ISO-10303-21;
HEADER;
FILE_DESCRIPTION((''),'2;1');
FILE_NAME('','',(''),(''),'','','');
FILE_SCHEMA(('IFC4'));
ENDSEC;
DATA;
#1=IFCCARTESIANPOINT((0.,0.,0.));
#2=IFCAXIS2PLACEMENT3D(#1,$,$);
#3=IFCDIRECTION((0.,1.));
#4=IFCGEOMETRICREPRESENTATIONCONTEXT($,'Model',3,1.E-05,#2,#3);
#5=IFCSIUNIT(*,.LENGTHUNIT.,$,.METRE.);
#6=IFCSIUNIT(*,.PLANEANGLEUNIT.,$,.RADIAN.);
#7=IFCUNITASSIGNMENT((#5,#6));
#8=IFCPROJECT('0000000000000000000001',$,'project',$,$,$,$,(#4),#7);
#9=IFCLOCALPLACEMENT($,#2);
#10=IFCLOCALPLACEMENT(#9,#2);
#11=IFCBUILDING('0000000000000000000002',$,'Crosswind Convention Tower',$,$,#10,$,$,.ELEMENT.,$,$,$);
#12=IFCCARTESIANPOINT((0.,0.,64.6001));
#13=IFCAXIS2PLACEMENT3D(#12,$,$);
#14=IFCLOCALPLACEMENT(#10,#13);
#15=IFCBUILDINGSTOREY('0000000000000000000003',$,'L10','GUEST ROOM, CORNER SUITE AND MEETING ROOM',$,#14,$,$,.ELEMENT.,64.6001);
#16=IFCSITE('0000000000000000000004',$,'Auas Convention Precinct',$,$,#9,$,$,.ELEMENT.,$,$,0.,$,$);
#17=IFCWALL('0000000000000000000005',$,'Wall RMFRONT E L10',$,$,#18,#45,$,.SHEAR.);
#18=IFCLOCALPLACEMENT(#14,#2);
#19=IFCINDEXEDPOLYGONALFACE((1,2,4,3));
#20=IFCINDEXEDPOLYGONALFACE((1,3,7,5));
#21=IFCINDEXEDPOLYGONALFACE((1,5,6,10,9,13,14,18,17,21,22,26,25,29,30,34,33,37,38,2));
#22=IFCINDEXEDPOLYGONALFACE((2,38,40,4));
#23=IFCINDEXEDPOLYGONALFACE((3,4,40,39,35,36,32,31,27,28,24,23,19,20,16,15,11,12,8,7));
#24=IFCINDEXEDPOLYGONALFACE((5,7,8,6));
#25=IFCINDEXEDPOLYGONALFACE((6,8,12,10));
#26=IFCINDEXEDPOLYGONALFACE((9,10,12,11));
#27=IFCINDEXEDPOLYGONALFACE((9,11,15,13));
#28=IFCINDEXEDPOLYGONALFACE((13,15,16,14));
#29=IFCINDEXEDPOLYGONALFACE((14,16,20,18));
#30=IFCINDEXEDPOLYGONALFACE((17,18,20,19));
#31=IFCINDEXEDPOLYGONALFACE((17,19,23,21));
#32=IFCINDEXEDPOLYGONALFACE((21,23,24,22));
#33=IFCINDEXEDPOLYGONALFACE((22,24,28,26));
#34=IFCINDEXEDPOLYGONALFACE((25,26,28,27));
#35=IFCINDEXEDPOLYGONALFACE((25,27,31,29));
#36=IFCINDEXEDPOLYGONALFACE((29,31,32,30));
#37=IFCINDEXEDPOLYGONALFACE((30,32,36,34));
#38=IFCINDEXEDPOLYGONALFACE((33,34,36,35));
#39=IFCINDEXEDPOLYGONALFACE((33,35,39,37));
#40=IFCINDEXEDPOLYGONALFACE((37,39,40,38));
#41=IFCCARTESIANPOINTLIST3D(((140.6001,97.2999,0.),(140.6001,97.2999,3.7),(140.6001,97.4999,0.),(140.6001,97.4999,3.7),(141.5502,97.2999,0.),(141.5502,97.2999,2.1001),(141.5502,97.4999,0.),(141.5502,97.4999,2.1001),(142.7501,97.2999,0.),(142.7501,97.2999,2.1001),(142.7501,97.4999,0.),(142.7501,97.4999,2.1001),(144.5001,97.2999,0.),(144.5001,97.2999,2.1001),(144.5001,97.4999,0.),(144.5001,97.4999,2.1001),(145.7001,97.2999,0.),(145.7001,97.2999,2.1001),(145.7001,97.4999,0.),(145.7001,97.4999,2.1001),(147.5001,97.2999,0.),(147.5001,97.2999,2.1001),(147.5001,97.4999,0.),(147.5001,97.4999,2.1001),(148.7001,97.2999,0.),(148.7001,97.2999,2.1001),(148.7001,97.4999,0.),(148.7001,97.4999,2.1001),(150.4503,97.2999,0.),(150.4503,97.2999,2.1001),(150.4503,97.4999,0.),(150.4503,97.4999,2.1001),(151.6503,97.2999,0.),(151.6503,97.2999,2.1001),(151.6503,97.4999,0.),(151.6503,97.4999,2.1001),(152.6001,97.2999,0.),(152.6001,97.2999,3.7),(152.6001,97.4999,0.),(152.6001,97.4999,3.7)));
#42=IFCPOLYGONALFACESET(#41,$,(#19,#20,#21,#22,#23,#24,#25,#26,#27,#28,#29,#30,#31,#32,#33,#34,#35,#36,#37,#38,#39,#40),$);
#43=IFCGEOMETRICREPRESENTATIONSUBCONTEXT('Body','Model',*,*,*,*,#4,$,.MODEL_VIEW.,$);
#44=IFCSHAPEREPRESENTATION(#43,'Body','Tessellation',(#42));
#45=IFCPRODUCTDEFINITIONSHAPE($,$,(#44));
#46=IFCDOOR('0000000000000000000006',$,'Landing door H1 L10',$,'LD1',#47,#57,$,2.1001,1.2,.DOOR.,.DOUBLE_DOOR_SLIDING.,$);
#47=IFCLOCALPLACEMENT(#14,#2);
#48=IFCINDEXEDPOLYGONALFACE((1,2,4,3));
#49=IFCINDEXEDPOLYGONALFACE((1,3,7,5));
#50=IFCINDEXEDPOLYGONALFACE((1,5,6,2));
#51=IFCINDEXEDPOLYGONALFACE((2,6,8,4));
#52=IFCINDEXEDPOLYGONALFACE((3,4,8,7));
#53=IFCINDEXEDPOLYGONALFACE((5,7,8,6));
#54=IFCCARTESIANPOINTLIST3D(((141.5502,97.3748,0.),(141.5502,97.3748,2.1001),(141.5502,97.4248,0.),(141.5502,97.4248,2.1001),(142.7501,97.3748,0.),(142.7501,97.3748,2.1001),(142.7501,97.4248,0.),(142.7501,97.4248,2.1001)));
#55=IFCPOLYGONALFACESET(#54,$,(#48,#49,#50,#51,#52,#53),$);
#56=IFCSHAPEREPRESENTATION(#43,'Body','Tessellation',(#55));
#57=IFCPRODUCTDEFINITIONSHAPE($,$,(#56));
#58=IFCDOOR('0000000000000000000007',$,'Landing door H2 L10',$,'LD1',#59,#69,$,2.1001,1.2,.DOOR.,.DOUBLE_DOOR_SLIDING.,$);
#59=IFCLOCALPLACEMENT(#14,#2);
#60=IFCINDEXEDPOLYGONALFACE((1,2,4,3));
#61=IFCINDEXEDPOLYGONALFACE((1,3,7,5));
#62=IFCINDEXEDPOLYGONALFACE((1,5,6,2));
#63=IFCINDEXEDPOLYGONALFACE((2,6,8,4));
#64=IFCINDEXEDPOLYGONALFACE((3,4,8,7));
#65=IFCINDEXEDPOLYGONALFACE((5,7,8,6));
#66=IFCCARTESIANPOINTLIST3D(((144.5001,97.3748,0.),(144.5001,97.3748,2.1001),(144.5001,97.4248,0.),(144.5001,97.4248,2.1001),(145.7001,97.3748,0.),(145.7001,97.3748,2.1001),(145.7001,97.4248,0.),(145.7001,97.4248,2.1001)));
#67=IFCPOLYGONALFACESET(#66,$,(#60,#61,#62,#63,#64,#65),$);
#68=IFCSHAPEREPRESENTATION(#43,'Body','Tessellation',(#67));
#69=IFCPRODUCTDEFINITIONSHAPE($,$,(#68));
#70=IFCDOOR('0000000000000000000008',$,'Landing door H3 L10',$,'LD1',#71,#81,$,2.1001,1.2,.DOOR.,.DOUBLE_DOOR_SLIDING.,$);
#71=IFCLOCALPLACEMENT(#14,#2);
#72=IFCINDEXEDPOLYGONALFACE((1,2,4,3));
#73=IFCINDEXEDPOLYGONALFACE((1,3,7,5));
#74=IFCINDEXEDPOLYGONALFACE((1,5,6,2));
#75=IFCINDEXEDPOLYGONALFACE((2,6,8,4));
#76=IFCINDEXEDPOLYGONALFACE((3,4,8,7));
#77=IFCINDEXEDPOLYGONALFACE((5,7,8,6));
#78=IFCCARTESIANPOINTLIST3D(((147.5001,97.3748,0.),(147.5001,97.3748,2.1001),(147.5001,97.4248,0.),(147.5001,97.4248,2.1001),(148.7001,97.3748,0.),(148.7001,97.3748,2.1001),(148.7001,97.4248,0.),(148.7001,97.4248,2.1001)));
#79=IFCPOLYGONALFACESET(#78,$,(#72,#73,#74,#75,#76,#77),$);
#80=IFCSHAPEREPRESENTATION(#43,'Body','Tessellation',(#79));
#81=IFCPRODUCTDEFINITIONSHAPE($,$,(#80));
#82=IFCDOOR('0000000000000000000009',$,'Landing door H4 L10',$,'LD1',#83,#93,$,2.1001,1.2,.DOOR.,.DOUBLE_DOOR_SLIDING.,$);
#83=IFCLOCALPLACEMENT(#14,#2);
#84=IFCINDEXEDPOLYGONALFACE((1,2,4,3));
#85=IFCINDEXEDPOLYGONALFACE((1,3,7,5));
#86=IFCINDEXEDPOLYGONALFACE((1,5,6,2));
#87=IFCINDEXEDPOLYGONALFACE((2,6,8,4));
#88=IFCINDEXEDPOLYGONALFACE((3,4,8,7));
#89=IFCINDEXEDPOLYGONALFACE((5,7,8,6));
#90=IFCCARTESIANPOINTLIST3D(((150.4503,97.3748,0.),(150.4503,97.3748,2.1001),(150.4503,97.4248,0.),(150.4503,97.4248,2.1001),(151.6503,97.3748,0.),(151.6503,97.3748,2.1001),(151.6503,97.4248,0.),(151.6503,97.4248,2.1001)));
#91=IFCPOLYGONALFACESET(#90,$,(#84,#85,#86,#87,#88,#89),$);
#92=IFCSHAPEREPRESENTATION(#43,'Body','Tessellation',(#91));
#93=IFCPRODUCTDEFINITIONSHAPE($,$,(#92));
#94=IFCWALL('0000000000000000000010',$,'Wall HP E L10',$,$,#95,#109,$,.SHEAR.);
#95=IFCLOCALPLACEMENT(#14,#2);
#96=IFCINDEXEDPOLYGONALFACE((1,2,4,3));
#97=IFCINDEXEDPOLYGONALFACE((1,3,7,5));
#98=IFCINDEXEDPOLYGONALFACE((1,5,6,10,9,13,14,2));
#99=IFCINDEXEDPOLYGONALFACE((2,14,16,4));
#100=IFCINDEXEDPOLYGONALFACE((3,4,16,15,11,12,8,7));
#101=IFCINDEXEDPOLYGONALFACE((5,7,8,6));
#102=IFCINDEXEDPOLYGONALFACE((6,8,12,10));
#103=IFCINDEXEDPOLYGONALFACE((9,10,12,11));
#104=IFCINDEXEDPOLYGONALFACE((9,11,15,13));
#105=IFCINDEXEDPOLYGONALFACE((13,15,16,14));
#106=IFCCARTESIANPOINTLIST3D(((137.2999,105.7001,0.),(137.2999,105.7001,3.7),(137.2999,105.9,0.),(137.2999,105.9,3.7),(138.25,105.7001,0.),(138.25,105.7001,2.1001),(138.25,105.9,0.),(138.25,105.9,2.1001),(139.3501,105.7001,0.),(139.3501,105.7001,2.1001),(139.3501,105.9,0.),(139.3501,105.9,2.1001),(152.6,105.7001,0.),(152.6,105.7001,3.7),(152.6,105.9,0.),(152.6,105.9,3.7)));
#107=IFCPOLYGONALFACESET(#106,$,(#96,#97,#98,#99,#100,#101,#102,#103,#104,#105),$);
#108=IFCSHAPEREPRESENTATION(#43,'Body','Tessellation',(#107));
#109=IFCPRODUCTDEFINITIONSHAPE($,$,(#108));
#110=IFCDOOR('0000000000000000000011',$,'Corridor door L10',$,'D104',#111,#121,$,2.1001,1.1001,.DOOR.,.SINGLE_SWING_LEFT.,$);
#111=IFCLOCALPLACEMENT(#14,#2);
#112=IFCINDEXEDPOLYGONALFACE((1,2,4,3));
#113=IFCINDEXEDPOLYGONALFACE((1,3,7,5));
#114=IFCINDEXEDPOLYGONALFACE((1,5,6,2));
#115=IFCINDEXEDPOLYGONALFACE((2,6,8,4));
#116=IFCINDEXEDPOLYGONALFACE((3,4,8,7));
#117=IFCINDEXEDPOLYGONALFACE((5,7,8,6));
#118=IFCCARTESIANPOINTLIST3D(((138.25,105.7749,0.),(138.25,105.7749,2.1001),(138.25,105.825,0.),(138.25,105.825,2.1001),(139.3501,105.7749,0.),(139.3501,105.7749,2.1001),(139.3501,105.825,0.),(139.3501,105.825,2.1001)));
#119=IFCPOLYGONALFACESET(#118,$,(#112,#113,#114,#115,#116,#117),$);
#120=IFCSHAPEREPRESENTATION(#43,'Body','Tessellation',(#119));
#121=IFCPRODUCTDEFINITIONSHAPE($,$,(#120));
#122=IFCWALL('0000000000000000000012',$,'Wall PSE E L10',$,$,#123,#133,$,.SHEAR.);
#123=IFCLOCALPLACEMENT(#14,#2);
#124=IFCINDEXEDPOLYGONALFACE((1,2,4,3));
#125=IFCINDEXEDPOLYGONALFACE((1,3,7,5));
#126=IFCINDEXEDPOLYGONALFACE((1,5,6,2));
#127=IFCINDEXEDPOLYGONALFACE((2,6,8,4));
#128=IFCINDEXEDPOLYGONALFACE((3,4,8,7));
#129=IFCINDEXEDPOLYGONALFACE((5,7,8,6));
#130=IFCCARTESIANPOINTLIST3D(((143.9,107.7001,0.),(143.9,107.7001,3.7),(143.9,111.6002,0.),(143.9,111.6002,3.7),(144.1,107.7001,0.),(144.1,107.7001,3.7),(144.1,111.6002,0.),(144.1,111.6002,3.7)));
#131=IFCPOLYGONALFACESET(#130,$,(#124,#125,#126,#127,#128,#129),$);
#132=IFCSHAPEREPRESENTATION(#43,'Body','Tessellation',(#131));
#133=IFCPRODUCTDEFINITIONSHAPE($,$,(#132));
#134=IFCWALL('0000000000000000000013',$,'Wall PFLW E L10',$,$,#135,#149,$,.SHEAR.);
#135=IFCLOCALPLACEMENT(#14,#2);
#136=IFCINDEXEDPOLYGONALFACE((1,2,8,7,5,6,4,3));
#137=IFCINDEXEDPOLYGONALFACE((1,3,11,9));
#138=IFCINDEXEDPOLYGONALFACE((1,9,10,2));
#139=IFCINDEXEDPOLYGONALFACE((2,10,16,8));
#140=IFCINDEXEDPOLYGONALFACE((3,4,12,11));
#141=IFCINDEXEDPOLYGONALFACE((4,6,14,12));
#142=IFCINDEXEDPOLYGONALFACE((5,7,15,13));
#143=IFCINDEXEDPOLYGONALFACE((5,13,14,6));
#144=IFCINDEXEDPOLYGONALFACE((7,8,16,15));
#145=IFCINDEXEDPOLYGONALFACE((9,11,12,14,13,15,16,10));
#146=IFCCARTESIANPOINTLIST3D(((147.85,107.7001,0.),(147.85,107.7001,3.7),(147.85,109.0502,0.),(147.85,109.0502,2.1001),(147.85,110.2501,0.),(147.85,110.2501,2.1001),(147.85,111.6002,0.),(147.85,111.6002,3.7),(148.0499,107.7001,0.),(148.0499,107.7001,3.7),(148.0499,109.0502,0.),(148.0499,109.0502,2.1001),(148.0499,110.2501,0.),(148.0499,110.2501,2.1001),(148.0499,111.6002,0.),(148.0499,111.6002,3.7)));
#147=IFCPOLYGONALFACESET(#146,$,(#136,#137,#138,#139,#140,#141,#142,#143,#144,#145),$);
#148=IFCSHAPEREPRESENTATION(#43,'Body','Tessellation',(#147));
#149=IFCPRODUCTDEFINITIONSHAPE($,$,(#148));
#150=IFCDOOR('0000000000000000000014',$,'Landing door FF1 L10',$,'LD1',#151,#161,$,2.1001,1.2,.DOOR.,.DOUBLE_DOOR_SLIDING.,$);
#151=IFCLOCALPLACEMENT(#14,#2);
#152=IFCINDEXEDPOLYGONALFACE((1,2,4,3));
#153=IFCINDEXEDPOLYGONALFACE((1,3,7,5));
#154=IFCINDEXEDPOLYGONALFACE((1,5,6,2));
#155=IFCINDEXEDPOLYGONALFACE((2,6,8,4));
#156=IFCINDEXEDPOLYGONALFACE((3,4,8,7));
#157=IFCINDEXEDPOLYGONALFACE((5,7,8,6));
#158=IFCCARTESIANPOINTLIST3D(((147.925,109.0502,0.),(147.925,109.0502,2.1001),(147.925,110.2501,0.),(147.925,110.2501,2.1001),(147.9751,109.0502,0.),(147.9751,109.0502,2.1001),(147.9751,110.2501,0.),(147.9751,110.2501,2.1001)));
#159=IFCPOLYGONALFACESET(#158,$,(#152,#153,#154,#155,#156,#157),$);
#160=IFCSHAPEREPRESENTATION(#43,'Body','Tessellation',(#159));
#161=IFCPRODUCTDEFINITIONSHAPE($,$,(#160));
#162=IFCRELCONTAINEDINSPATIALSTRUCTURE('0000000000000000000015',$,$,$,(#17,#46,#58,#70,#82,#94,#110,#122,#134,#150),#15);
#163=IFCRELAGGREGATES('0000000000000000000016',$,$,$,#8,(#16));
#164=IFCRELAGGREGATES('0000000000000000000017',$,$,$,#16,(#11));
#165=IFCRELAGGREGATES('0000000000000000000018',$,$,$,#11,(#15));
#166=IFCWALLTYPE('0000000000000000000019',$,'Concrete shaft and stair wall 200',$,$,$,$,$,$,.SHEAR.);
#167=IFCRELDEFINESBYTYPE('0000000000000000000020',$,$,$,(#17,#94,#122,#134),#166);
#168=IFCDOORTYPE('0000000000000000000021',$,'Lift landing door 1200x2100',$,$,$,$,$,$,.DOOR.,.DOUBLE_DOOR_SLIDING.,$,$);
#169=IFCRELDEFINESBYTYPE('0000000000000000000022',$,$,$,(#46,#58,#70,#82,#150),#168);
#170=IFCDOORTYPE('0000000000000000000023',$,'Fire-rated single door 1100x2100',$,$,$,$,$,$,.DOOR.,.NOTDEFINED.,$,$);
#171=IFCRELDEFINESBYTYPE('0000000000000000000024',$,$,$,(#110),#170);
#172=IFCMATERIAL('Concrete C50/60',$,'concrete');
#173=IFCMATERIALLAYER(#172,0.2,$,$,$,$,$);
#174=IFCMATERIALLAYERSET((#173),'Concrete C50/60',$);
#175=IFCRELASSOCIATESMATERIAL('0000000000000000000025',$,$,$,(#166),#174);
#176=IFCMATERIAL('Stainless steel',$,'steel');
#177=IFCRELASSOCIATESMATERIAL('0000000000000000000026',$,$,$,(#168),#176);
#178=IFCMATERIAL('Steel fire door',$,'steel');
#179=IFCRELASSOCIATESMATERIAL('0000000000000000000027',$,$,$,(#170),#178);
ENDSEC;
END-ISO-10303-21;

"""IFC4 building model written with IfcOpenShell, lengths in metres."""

from ifc_helpers import new_model, si_unit, direction, frame, frame_2d, origin, place, context, subcontext, project, spatial, rectangle, extrude, material, layer, layer_set, type_object, element, fill, save


model = new_model("IFC4")

# Units and contexts
model_context = context("Model", 3, precision=1e-05, world=origin(), true_north=direction((0.0, 1.0)))
body_context = subcontext(model_context, "Body", "Model", "MODEL_VIEW")
ifc_project = project(units=[si_unit("LENGTHUNIT", "METRE"), si_unit("PLANEANGLEUNIT", "RADIAN")], contexts=[model_context])

# Site, building, storey
site_placement = place(None, origin())
site = spatial("IfcSite", under=ifc_project, at=site_placement, Name="Auas Convention Precinct", CompositionType="ELEMENT", RefElevation=0.0)
building_placement = place(site_placement, origin())
building = spatial("IfcBuilding", under=site, at=building_placement, Name="Crosswind Convention Tower", CompositionType="ELEMENT")
storey_placement = place(building_placement, frame((0.0, 0.0, 64.6001)))
storey = spatial("IfcBuildingStorey", under=building, at=storey_placement, Name="L10", Description="GUEST ROOM, CORNER SUITE AND MEETING ROOM", CompositionType="ELEMENT", Elevation=64.6001)

# Shared definitions
ifc_material_1 = material(Name="Concrete C50/60", Category="concrete")
ifc_layer_1 = layer(ifc_material_1, 0.2)
ifc_layer_set_1 = layer_set([ifc_layer_1], Name="Concrete C50/60")
wall_type_1 = type_object("IfcWallType", Name="Concrete shaft and stair wall 200", PredefinedType="SHEAR", material=ifc_layer_set_1)

# Wall, openings, doors
wall_1_placement = place(storey_placement, frame((140.6001, 97.3999, 0.0), z_axis=(0.0, 0.0, 1.0), x_axis=(1.0, 0.0, 0.0)))
wall_1 = element("IfcWall", 1, at=wall_1_placement, inside=storey, type_object=wall_type_1, Name="Wall RMFRONT E L10", PredefinedType="SHEAR", context=body_context, shape_type="SweptSolid", body=[
    extrude(rectangle(XDim=12.0, YDim=0.2, at=frame_2d((6.0, 0.0))), origin(), (0.0, 0.0, 1.0), 3.7),
])
opening_1_placement = place(wall_1_placement, frame((0.95, 0.0, 0.0)))
opening_1 = element("IfcOpeningElement", 2, at=opening_1_placement, cuts=wall_1, PredefinedType="OPENING", context=body_context, shape_type="SweptSolid", body=[
    extrude(rectangle(XDim=1.2, YDim=2.1001, at=frame_2d((0.6001, 1.05))), frame((0.0, 0.1099, 0.0), z_axis=(0.0, -1.0, 0.0), x_axis=(1.0, 0.0, 0.0)), (0.0, 0.0, 1.0), 0.22),
])
opening_2_placement = place(wall_1_placement, frame((3.8999, 0.0, 0.0)))
opening_2 = element("IfcOpeningElement", 3, at=opening_2_placement, cuts=wall_1, PredefinedType="OPENING", context=body_context, shape_type="SweptSolid", body=[
    extrude(rectangle(XDim=1.2, YDim=2.1001, at=frame_2d((0.6001, 1.05))), frame((0.0, 0.1099, 0.0), z_axis=(0.0, -1.0, 0.0), x_axis=(1.0, 0.0, 0.0)), (0.0, 0.0, 1.0), 0.22),
])
opening_3_placement = place(wall_1_placement, frame((6.8999, 0.0, 0.0)))
opening_3 = element("IfcOpeningElement", 4, at=opening_3_placement, cuts=wall_1, PredefinedType="OPENING", context=body_context, shape_type="SweptSolid", body=[
    extrude(rectangle(XDim=1.2, YDim=2.1001, at=frame_2d((0.6001, 1.05))), frame((0.0, 0.1099, 0.0), z_axis=(0.0, -1.0, 0.0), x_axis=(1.0, 0.0, 0.0)), (0.0, 0.0, 1.0), 0.22),
])
opening_4_placement = place(wall_1_placement, frame((9.8501, 0.0, 0.0)))
opening_4 = element("IfcOpeningElement", 5, at=opening_4_placement, cuts=wall_1, PredefinedType="OPENING", context=body_context, shape_type="SweptSolid", body=[
    extrude(rectangle(XDim=1.2, YDim=2.1001, at=frame_2d((0.6001, 1.05))), frame((0.0, 0.1099, 0.0), z_axis=(0.0, -1.0, 0.0), x_axis=(1.0, 0.0, 0.0)), (0.0, 0.0, 1.0), 0.22),
])
ifc_material_2 = material(Name="Stainless steel", Category="steel")
door_type_1 = type_object("IfcDoorType", Name="Lift landing door 1200x2100", OperationType="DOUBLE_DOOR_SLIDING", PredefinedType="DOOR", material=ifc_material_2)
door_1_placement = place(opening_1_placement, origin())
door_1 = element("IfcDoor", 6, at=door_1_placement, inside=storey, type_object=door_type_1, Name="Landing door H1 L10", ObjectType="LD1", OperationType="DOUBLE_DOOR_SLIDING", OverallHeight=2.1001, OverallWidth=1.2, PredefinedType="DOOR", context=body_context, shape_type="SweptSolid", body=[
    extrude(rectangle(XDim=1.2, YDim=2.1001, at=frame_2d((0.6001, 1.05))), frame((0.0, 0.0249, 0.0), z_axis=(0.0, -1.0, 0.0), x_axis=(1.0, 0.0, 0.0)), (0.0, 0.0, 1.0), 0.05),
])
fill(opening_1, door_1)
door_2_placement = place(opening_2_placement, origin())
door_2 = element("IfcDoor", 7, at=door_2_placement, inside=storey, type_object=door_type_1, Name="Landing door H2 L10", ObjectType="LD1", OperationType="DOUBLE_DOOR_SLIDING", OverallHeight=2.1001, OverallWidth=1.2, PredefinedType="DOOR", context=body_context, shape_type="SweptSolid", body=[
    extrude(rectangle(XDim=1.2, YDim=2.1001, at=frame_2d((0.6001, 1.05))), frame((0.0, 0.0249, 0.0), z_axis=(0.0, -1.0, 0.0), x_axis=(1.0, 0.0, 0.0)), (0.0, 0.0, 1.0), 0.05),
])
fill(opening_2, door_2)
door_3_placement = place(opening_3_placement, origin())
door_3 = element("IfcDoor", 8, at=door_3_placement, inside=storey, type_object=door_type_1, Name="Landing door H3 L10", ObjectType="LD1", OperationType="DOUBLE_DOOR_SLIDING", OverallHeight=2.1001, OverallWidth=1.2, PredefinedType="DOOR", context=body_context, shape_type="SweptSolid", body=[
    extrude(rectangle(XDim=1.2, YDim=2.1001, at=frame_2d((0.6001, 1.05))), frame((0.0, 0.0249, 0.0), z_axis=(0.0, -1.0, 0.0), x_axis=(1.0, 0.0, 0.0)), (0.0, 0.0, 1.0), 0.05),
])
fill(opening_3, door_3)
door_4_placement = place(opening_4_placement, origin())
door_4 = element("IfcDoor", 9, at=door_4_placement, inside=storey, type_object=door_type_1, Name="Landing door H4 L10", ObjectType="LD1", OperationType="DOUBLE_DOOR_SLIDING", OverallHeight=2.1001, OverallWidth=1.2, PredefinedType="DOOR", context=body_context, shape_type="SweptSolid", body=[
    extrude(rectangle(XDim=1.2, YDim=2.1001, at=frame_2d((0.6001, 1.05))), frame((0.0, 0.0249, 0.0), z_axis=(0.0, -1.0, 0.0), x_axis=(1.0, 0.0, 0.0)), (0.0, 0.0, 1.0), 0.05),
])
fill(opening_4, door_4)

# Wall, opening, door
wall_2_placement = place(storey_placement, frame((137.3, 105.8, 0.0), z_axis=(0.0, 0.0, 1.0), x_axis=(1.0, 0.0, 0.0)))
wall_2 = element("IfcWall", 10, at=wall_2_placement, inside=storey, type_object=wall_type_1, Name="Wall HP E L10", PredefinedType="SHEAR", context=body_context, shape_type="SweptSolid", body=[
    extrude(rectangle(XDim=15.3, YDim=0.2, at=frame_2d((7.6499, 0.0))), origin(), (0.0, 0.0, 1.0), 3.7),
])
opening_5_placement = place(wall_2_placement, frame((0.95, 0.0, 0.0)))
opening_5 = element("IfcOpeningElement", 11, at=opening_5_placement, cuts=wall_2, PredefinedType="OPENING", context=body_context, shape_type="SweptSolid", body=[
    extrude(rectangle(XDim=1.1001, YDim=2.1001, at=frame_2d((0.55, 1.05))), frame((0.0, 0.1099, 0.0), z_axis=(0.0, -1.0, 0.0), x_axis=(1.0, 0.0, 0.0)), (0.0, 0.0, 1.0), 0.22),
])
ifc_material_3 = material(Name="Steel fire door", Category="steel")
door_type_2 = type_object("IfcDoorType", Name="Fire-rated single door 1100x2100", OperationType="NOTDEFINED", PredefinedType="DOOR", material=ifc_material_3)
door_5_placement = place(opening_5_placement, origin())
door_5 = element("IfcDoor", 12, at=door_5_placement, inside=storey, type_object=door_type_2, Name="Corridor door L10", ObjectType="D104", OperationType="SINGLE_SWING_LEFT", OverallHeight=2.1001, OverallWidth=1.1001, PredefinedType="DOOR", context=body_context, shape_type="SweptSolid", body=[
    extrude(rectangle(XDim=1.1001, YDim=2.1001, at=frame_2d((0.55, 1.05))), frame((0.0, 0.0249, 0.0), z_axis=(0.0, -1.0, 0.0), x_axis=(1.0, 0.0, 0.0)), (0.0, 0.0, 1.0), 0.05),
])
fill(opening_5, door_5)

# Wall
wall_3_placement = place(storey_placement, frame((144.0, 107.7, 0.0), z_axis=(0.0, 0.0, 1.0), x_axis=(0.0, 1.0, 0.0)))
element("IfcWall", 13, at=wall_3_placement, inside=storey, type_object=wall_type_1, Name="Wall PSE E L10", PredefinedType="SHEAR", context=body_context, shape_type="SweptSolid", body=[
    extrude(rectangle(XDim=3.9001, YDim=0.2, at=frame_2d((1.9502, 0.0))), origin(), (0.0, 0.0, 1.0), 3.7),
])

# Wall, opening, door
wall_4_placement = place(storey_placement, frame((147.95, 107.7, 0.0), z_axis=(0.0, 0.0, 1.0), x_axis=(0.0, 1.0, 0.0)))
wall_4 = element("IfcWall", 14, at=wall_4_placement, inside=storey, type_object=wall_type_1, Name="Wall PFLW E L10", PredefinedType="SHEAR", context=body_context, shape_type="SweptSolid", body=[
    extrude(rectangle(XDim=3.9001, YDim=0.2, at=frame_2d((1.9502, 0.0))), origin(), (0.0, 0.0, 1.0), 3.7),
])
opening_6_placement = place(wall_4_placement, frame((1.3501, 0.0, 0.0)))
opening_6 = element("IfcOpeningElement", 15, at=opening_6_placement, cuts=wall_4, PredefinedType="OPENING", context=body_context, shape_type="SweptSolid", body=[
    extrude(rectangle(XDim=1.2, YDim=2.1001, at=frame_2d((0.6001, 1.05))), frame((0.0, 0.1099, 0.0), z_axis=(0.0, -1.0, 0.0), x_axis=(1.0, 0.0, 0.0)), (0.0, 0.0, 1.0), 0.22),
])
door_6_placement = place(opening_6_placement, origin())
door_6 = element("IfcDoor", 16, at=door_6_placement, inside=storey, type_object=door_type_1, Name="Landing door FF1 L10", ObjectType="LD1", OperationType="DOUBLE_DOOR_SLIDING", OverallHeight=2.1001, OverallWidth=1.2, PredefinedType="DOOR", context=body_context, shape_type="SweptSolid", body=[
    extrude(rectangle(XDim=1.2, YDim=2.1001, at=frame_2d((0.6001, 1.05))), frame((0.0, 0.0249, 0.0), z_axis=(0.0, -1.0, 0.0), x_axis=(1.0, 0.0, 0.0)), (0.0, 0.0, 1.0), 0.05),
])
fill(opening_6, door_6)

save(model, "model.ifc")
